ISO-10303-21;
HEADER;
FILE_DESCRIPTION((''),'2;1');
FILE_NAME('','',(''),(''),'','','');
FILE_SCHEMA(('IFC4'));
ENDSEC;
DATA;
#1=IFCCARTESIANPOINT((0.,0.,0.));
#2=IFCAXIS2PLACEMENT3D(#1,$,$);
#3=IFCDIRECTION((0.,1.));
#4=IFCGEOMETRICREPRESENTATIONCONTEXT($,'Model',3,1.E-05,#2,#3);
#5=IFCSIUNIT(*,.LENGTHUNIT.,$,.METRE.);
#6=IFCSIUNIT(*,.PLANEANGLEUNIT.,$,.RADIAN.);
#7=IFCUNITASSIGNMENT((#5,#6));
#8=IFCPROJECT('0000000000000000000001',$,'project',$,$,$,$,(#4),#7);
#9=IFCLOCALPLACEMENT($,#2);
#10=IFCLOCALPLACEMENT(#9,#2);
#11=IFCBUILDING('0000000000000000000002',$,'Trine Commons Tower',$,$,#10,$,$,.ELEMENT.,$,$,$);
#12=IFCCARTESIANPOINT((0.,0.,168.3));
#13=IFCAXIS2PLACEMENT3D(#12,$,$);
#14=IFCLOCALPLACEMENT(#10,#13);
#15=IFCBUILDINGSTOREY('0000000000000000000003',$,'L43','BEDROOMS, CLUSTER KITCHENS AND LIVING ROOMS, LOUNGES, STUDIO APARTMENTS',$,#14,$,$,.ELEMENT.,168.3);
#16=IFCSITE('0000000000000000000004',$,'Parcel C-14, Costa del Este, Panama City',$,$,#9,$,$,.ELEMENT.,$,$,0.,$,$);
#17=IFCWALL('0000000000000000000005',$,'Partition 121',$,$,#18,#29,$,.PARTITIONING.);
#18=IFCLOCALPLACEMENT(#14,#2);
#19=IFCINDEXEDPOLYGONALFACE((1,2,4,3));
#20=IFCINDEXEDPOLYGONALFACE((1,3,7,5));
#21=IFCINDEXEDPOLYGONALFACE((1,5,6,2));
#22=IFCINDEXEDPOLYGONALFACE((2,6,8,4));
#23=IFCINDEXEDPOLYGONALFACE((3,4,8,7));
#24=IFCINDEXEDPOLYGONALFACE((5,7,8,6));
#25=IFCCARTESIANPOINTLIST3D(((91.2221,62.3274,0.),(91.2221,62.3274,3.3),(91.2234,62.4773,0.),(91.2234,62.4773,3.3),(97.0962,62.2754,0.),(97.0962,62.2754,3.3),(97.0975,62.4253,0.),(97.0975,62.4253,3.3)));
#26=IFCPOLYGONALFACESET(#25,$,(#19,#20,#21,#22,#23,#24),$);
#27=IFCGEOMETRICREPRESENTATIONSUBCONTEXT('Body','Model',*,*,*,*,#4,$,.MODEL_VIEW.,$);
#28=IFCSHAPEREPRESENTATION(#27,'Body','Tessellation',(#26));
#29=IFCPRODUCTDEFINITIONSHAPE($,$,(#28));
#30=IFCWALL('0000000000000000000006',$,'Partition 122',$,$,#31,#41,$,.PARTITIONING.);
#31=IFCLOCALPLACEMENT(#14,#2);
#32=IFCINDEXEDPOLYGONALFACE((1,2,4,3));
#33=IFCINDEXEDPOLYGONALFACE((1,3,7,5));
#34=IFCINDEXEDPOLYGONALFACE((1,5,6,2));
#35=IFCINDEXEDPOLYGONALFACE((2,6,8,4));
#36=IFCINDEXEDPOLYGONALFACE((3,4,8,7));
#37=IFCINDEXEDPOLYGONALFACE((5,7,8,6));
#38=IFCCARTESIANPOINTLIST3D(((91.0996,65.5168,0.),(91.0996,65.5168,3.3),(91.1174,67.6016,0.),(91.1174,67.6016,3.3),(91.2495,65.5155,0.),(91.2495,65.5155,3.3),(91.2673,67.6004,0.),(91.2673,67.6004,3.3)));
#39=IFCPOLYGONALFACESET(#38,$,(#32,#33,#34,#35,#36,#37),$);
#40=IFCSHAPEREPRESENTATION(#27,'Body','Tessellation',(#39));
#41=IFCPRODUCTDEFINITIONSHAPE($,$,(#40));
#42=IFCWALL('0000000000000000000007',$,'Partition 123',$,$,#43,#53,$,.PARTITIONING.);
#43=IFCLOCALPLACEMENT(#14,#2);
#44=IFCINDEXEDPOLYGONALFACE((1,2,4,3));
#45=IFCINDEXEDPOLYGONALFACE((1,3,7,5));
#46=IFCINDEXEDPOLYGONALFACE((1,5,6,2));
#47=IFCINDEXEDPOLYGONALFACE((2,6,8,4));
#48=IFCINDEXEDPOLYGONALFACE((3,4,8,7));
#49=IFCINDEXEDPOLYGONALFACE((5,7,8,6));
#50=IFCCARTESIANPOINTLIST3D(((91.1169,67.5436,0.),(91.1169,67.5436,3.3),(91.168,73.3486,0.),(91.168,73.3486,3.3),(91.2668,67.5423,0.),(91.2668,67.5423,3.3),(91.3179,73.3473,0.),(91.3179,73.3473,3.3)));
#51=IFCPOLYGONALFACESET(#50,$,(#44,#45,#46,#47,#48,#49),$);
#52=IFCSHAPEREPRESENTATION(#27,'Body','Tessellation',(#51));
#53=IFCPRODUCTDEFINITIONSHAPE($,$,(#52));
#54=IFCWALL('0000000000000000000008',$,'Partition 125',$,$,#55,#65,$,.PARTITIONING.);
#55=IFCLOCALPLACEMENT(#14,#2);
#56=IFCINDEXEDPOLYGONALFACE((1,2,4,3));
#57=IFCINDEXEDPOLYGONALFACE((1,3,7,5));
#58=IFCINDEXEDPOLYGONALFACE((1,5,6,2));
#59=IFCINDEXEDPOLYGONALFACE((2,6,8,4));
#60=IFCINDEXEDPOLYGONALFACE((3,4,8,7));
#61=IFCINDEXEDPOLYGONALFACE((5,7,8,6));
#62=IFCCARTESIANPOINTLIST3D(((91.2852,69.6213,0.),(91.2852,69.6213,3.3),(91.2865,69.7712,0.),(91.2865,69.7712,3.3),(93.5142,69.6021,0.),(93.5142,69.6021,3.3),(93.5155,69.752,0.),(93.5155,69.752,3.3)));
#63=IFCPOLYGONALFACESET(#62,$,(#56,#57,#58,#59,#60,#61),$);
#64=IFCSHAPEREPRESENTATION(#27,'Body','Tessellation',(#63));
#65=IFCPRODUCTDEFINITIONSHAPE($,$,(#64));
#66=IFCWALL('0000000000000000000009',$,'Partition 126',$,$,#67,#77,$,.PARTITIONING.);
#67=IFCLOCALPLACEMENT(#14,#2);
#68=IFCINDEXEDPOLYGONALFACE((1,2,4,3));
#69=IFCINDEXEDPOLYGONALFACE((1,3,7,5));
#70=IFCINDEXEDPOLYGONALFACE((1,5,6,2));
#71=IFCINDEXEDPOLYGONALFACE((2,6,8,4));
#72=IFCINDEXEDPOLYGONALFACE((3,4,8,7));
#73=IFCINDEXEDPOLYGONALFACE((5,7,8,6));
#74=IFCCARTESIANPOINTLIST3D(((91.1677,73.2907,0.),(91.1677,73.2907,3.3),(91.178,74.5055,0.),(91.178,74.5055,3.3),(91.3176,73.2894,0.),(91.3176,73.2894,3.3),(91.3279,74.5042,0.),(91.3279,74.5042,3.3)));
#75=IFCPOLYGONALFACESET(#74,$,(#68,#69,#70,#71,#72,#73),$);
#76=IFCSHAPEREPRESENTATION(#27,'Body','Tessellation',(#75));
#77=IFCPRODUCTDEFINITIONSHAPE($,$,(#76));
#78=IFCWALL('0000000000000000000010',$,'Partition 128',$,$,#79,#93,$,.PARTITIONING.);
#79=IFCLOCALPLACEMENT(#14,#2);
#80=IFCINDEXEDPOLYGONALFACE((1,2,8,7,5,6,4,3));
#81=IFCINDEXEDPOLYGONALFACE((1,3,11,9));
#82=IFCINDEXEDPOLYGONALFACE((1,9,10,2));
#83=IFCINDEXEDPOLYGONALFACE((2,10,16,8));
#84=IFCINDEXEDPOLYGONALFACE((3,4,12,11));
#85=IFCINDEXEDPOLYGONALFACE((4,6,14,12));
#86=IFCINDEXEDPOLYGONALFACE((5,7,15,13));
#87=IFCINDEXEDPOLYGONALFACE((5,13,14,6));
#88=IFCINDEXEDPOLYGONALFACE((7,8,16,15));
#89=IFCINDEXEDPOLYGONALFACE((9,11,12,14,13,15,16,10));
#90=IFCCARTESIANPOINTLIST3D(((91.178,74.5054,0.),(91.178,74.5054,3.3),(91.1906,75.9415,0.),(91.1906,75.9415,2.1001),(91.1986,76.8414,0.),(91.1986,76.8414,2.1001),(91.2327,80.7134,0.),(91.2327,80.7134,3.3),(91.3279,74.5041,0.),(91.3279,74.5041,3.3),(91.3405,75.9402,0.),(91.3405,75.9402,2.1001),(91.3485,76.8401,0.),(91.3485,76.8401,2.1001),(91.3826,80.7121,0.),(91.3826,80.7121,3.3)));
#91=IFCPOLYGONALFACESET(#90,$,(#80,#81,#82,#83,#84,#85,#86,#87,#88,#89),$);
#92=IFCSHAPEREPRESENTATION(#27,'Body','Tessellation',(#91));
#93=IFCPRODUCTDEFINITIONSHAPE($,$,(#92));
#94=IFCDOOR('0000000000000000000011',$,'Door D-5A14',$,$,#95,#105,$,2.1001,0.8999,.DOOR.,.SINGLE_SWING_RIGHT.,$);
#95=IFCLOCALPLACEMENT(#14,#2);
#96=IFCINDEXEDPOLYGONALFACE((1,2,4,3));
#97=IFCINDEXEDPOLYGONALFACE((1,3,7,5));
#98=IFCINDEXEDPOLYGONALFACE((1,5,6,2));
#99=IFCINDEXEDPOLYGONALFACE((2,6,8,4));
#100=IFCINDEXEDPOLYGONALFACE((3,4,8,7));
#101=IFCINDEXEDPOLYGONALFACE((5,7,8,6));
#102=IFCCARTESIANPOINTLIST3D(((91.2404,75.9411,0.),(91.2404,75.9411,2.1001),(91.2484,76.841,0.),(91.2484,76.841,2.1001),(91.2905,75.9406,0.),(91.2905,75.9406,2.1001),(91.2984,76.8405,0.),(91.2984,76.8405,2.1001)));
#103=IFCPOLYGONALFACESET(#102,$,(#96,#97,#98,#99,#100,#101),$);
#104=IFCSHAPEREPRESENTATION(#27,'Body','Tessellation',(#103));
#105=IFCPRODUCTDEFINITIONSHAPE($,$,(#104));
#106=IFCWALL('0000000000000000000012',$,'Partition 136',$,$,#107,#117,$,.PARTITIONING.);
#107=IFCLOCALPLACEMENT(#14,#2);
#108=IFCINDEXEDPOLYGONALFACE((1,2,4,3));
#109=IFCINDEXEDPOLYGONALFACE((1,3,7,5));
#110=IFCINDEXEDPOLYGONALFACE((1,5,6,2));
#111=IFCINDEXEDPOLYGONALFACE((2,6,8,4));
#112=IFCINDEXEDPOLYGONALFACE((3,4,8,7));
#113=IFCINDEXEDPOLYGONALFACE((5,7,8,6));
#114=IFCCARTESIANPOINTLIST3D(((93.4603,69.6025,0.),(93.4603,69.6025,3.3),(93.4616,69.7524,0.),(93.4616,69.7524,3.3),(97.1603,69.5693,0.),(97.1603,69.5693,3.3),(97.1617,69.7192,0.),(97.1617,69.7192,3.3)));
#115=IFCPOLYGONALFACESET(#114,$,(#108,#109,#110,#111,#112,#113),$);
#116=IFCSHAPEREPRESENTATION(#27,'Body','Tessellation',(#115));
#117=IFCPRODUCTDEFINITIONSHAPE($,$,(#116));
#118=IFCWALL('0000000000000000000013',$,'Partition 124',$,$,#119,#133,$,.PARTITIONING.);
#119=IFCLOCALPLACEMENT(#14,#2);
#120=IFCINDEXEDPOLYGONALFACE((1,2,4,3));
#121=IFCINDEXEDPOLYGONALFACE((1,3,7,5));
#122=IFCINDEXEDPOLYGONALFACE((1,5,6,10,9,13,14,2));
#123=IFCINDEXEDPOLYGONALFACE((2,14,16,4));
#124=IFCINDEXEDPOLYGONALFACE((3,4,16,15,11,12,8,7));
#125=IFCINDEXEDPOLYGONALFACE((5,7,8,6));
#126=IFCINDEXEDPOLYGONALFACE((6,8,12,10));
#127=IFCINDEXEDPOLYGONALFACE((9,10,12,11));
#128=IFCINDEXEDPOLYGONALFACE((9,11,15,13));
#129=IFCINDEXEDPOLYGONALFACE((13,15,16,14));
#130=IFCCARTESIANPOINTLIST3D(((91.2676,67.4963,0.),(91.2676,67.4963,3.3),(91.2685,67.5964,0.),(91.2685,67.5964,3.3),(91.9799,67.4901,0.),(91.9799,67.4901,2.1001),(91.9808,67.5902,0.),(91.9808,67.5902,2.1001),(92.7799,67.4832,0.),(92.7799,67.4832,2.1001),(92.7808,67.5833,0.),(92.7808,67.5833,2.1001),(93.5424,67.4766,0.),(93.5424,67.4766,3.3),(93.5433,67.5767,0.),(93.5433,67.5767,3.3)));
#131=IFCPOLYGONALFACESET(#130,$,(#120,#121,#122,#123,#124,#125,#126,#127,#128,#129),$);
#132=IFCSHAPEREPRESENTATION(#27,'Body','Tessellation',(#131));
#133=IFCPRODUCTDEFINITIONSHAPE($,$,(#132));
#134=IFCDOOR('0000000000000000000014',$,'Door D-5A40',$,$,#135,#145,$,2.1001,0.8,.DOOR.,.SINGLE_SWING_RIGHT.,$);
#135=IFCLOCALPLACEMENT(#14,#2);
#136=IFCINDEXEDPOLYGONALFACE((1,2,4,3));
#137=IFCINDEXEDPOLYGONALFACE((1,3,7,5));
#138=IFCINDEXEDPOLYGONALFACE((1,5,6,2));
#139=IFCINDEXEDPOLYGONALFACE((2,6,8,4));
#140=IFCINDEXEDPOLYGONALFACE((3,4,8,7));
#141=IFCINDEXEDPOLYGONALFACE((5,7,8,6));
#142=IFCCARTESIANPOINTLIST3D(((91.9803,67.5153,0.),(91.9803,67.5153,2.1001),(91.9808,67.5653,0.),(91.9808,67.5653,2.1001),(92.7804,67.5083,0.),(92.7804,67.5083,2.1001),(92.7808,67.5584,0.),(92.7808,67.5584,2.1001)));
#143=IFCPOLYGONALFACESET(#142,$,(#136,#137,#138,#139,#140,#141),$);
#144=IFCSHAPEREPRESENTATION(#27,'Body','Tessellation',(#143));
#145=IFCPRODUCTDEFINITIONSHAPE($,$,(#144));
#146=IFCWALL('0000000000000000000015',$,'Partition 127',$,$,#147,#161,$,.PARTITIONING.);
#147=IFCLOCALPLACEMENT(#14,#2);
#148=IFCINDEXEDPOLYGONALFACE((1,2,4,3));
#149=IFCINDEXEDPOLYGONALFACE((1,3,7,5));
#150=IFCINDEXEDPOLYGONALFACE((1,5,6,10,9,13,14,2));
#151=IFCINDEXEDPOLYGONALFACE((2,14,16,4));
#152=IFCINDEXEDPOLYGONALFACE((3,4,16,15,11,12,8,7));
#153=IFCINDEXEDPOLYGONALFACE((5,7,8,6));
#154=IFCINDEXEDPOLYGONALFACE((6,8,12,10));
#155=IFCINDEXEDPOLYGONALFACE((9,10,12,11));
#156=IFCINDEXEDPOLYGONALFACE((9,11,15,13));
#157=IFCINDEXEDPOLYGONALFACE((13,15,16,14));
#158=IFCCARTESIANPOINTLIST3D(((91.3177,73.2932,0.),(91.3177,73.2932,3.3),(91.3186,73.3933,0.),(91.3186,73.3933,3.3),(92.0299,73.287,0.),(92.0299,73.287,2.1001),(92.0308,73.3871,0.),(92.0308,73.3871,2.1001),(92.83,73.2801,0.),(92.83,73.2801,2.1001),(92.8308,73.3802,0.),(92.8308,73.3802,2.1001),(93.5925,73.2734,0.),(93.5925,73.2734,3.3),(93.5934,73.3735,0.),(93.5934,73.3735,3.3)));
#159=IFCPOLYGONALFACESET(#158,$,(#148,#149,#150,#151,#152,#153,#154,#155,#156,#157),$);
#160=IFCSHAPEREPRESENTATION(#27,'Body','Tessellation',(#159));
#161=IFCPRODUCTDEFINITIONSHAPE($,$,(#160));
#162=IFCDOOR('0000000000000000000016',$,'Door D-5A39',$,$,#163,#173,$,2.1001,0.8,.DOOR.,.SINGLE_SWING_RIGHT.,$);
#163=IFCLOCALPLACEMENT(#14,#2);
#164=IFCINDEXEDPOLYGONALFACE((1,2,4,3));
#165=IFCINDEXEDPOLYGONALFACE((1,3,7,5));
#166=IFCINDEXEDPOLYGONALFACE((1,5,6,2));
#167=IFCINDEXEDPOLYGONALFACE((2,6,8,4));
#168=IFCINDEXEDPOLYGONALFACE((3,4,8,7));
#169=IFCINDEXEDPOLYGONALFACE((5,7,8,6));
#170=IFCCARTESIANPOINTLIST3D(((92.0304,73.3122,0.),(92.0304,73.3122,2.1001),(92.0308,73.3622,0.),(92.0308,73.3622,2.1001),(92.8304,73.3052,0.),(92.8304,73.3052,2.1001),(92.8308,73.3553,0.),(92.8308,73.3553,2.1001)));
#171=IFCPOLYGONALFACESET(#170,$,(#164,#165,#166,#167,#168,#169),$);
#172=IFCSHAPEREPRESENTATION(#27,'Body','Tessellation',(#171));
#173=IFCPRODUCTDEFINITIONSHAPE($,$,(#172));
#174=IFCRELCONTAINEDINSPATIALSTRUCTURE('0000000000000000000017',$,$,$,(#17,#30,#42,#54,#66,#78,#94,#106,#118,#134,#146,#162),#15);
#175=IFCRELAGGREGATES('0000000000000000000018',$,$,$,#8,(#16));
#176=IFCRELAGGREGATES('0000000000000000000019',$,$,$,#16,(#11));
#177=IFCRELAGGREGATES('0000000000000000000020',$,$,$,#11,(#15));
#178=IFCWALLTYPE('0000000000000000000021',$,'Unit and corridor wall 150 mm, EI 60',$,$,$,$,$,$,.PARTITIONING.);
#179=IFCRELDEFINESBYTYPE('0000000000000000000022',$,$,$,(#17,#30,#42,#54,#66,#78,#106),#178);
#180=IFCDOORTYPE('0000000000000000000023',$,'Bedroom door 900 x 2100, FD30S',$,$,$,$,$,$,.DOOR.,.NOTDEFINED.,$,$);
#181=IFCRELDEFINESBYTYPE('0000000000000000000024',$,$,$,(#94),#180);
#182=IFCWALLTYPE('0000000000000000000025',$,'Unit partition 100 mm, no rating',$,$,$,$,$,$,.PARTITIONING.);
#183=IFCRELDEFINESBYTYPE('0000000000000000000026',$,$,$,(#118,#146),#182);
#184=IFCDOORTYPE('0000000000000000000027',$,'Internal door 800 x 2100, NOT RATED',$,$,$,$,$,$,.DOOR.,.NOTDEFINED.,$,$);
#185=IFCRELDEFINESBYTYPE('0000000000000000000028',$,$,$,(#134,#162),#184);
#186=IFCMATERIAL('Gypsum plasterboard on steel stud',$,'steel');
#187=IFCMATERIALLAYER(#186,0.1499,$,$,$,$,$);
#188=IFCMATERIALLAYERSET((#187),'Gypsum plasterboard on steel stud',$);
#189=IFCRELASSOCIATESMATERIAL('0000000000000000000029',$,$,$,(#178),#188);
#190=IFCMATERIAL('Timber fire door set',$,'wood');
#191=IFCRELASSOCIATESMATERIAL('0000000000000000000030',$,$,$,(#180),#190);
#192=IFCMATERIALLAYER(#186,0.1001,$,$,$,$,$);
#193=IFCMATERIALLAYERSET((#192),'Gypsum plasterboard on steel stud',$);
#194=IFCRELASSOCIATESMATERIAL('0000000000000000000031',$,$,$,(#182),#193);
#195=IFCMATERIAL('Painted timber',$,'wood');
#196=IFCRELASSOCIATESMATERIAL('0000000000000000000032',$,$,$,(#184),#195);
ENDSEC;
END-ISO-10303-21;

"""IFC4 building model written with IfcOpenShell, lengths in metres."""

from ifc_helpers import new_model, si_unit, direction, frame, frame_2d, origin, place, context, subcontext, project, spatial, rectangle, extrude, material, layer, layer_set, type_object, element, fill, save


model = new_model("IFC4")

# Units and contexts
model_context = context("Model", 3, precision=1e-05, world=origin(), true_north=direction((0.0, 1.0)))
body_context = subcontext(model_context, "Body", "Model", "MODEL_VIEW")
ifc_project = project(units=[si_unit("LENGTHUNIT", "METRE"), si_unit("PLANEANGLEUNIT", "RADIAN")], contexts=[model_context])

# Site, building, storey
site_placement = place(None, origin())
site = spatial("IfcSite", under=ifc_project, at=site_placement, Name="Parcel C-14, Costa del Este, Panama City", CompositionType="ELEMENT", RefElevation=0.0)
building_placement = place(site_placement, origin())
building = spatial("IfcBuilding", under=site, at=building_placement, Name="Trine Commons Tower", CompositionType="ELEMENT")
storey_placement = place(building_placement, frame((0.0, 0.0, 168.3)))
storey = spatial("IfcBuildingStorey", under=building, at=storey_placement, Name="L43", Description="BEDROOMS, CLUSTER KITCHENS AND LIVING ROOMS, LOUNGES, STUDIO APARTMENTS", CompositionType="ELEMENT", Elevation=168.3)

# Walls
ifc_material_1 = material(Name="Gypsum plasterboard on steel stud", Category="steel")
ifc_layer_1 = layer(ifc_material_1, 0.1499)
ifc_layer_set_1 = layer_set([ifc_layer_1], Name="Gypsum plasterboard on steel stud")
wall_type_1 = type_object("IfcWallType", Name="Unit and corridor wall 150 mm, EI 60", PredefinedType="PARTITIONING", material=ifc_layer_set_1)
wall_1_placement = place(storey_placement, frame((91.2229, 62.4023, 0.0), z_axis=(0.0, 0.0, 1.0), x_axis=(0.999961, -0.008853, 0.0)))
element("IfcWall", 1, at=wall_1_placement, inside=storey, type_object=wall_type_1, Name="Partition 121", PredefinedType="PARTITIONING", context=body_context, shape_type="SweptSolid", body=[
    extrude(rectangle(XDim=5.8743, YDim=0.1499, at=frame_2d((2.937, 0.0))), origin(), (0.0, 0.0, 1.0), 3.3),
])
wall_2_placement = place(storey_placement, frame((91.1746, 65.5161, 0.0), z_axis=(0.0, 0.0, 1.0), x_axis=(0.008548, 0.999963, 0.0)))
element("IfcWall", 2, at=wall_2_placement, inside=storey, type_object=wall_type_1, Name="Partition 122", PredefinedType="PARTITIONING", context=body_context, shape_type="SweptSolid", body=[
    extrude(rectangle(XDim=2.085, YDim=0.1499, at=frame_2d((1.0425, 0.0))), origin(), (0.0, 0.0, 1.0), 3.3),
])
wall_3_placement = place(storey_placement, frame((91.1919, 67.543, 0.0), z_axis=(0.0, 0.0, 1.0), x_axis=(0.00879, 0.999961, 0.0)))
element("IfcWall", 3, at=wall_3_placement, inside=storey, type_object=wall_type_1, Name="Partition 123", PredefinedType="PARTITIONING", context=body_context, shape_type="SweptSolid", body=[
    extrude(rectangle(XDim=5.8052, YDim=0.1499, at=frame_2d((2.9026, 0.0))), origin(), (0.0, 0.0, 1.0), 3.3),
])
wall_4_placement = place(storey_placement, frame((91.2859, 69.6963, 0.0), z_axis=(0.0, 0.0, 1.0), x_axis=(0.999963, -0.008652, 0.0)))
element("IfcWall", 4, at=wall_4_placement, inside=storey, type_object=wall_type_1, Name="Partition 125", PredefinedType="PARTITIONING", context=body_context, shape_type="SweptSolid", body=[
    extrude(rectangle(XDim=2.229, YDim=0.1499, at=frame_2d((1.1145, 0.0))), origin(), (0.0, 0.0, 1.0), 3.3),
])
wall_5_placement = place(storey_placement, frame((91.2427, 73.29, 0.0), z_axis=(0.0, 0.0, 1.0), x_axis=(0.00844, 0.999964, 0.0)))
element("IfcWall", 5, at=wall_5_placement, inside=storey, type_object=wall_type_1, Name="Partition 126", PredefinedType="PARTITIONING", context=body_context, shape_type="SweptSolid", body=[
    extrude(rectangle(XDim=1.2148, YDim=0.1499, at=frame_2d((0.6074, 0.0))), origin(), (0.0, 0.0, 1.0), 3.3),
])

# Wall, opening, door
wall_6_placement = place(storey_placement, frame((91.2529, 74.5049, 0.0), z_axis=(0.0, 0.0, 1.0), x_axis=(0.008809, 0.999961, 0.0)))
wall_6 = element("IfcWall", 6, at=wall_6_placement, inside=storey, type_object=wall_type_1, Name="Partition 128", PredefinedType="PARTITIONING", context=body_context, shape_type="SweptSolid", body=[
    extrude(rectangle(XDim=6.2083, YDim=0.1499, at=frame_2d((3.104, 0.0))), origin(), (0.0, 0.0, 1.0), 3.3),
])
opening_1_placement = place(wall_6_placement, frame((1.436, 0.0, 0.0)))
opening_1 = element("IfcOpeningElement", 7, at=opening_1_placement, cuts=wall_6, PredefinedType="OPENING", context=body_context, shape_type="SweptSolid", body=[
    extrude(rectangle(XDim=0.8999, YDim=2.1001, at=frame_2d((0.45, 1.05))), frame((0.0, 0.085, 0.0), z_axis=(0.0, -1.0, 0.0), x_axis=(1.0, 0.0, 0.0)), (0.0, 0.0, 1.0), 0.1699),
])
ifc_material_2 = material(Name="Timber fire door set", Category="wood")
door_type_1 = type_object("IfcDoorType", Name="Bedroom door 900 x 2100, FD30S", OperationType="NOTDEFINED", PredefinedType="DOOR", material=ifc_material_2)
door_1_placement = place(opening_1_placement, frame((0.8999, 0.0, 0.0), z_axis=(0.0, 0.0, 1.0), x_axis=(-1.0, 0.0, 0.0)))
door_1 = element("IfcDoor", 8, at=door_1_placement, inside=storey, type_object=door_type_1, Name="Door D-5A14", OperationType="SINGLE_SWING_RIGHT", OverallHeight=2.1001, OverallWidth=0.8999, PredefinedType="DOOR", context=body_context, shape_type="SweptSolid", body=[
    extrude(rectangle(XDim=0.8999, YDim=2.1001, at=frame_2d((0.45, 1.05))), frame((0.0, 0.0249, 0.0), z_axis=(0.0, -1.0, 0.0), x_axis=(1.0, 0.0, 0.0)), (0.0, 0.0, 1.0), 0.05),
])
fill(opening_1, door_1)

# Wall
wall_7_placement = place(storey_placement, frame((93.4609, 69.6775, 0.0), z_axis=(0.0, 0.0, 1.0), x_axis=(0.99996, -0.008974, 0.0)))
element("IfcWall", 9, at=wall_7_placement, inside=storey, type_object=wall_type_1, Name="Partition 136", PredefinedType="PARTITIONING", context=body_context, shape_type="SweptSolid", body=[
    extrude(rectangle(XDim=3.7002, YDim=0.1499, at=frame_2d((1.8501, 0.0))), origin(), (0.0, 0.0, 1.0), 3.3),
])

# Walls, openings, doors
ifc_layer_2 = layer(ifc_material_1, 0.1001)
ifc_layer_set_2 = layer_set([ifc_layer_2], Name="Gypsum plasterboard on steel stud")
wall_type_2 = type_object("IfcWallType", Name="Unit partition 100 mm, no rating", PredefinedType="PARTITIONING", material=ifc_layer_set_2)
wall_8_placement = place(storey_placement, frame((91.2681, 67.5464, 0.0), z_axis=(0.0, 0.0, 1.0), x_axis=(0.999962, -0.008693, 0.0)))
wall_8 = element("IfcWall", 10, at=wall_8_placement, inside=storey, type_object=wall_type_2, Name="Partition 124", PredefinedType="PARTITIONING", context=body_context, shape_type="SweptSolid", body=[
    extrude(rectangle(XDim=2.2749, YDim=0.1001, at=frame_2d((1.1375, 0.0))), origin(), (0.0, 0.0, 1.0), 3.3),
])
opening_2_placement = place(wall_8_placement, frame((0.7124, 0.0, 0.0)))
opening_2 = element("IfcOpeningElement", 11, at=opening_2_placement, cuts=wall_8, PredefinedType="OPENING", context=body_context, shape_type="SweptSolid", body=[
    extrude(rectangle(XDim=0.8, YDim=2.1001, at=frame_2d((0.3999, 1.05))), frame((0.0, 0.0601, 0.0), z_axis=(0.0, -1.0, 0.0), x_axis=(1.0, 0.0, 0.0)), (0.0, 0.0, 1.0), 0.1201),
])
ifc_material_3 = material(Name="Painted timber", Category="wood")
door_type_2 = type_object("IfcDoorType", Name="Internal door 800 x 2100, NOT RATED", OperationType="NOTDEFINED", PredefinedType="DOOR", material=ifc_material_3)
door_2_placement = place(opening_2_placement, frame((0.8, 0.0, 0.0), z_axis=(0.0, 0.0, 1.0), x_axis=(-1.0, 0.0, 0.0)))
door_2 = element("IfcDoor", 12, at=door_2_placement, inside=storey, type_object=door_type_2, Name="Door D-5A40", OperationType="SINGLE_SWING_RIGHT", OverallHeight=2.1001, OverallWidth=0.8, PredefinedType="DOOR", context=body_context, shape_type="SweptSolid", body=[
    extrude(rectangle(XDim=0.8, YDim=2.1001, at=frame_2d((0.3999, 1.05))), frame((0.0, 0.0249, 0.0), z_axis=(0.0, -1.0, 0.0), x_axis=(1.0, 0.0, 0.0)), (0.0, 0.0, 1.0), 0.05),
])
fill(opening_2, door_2)
wall_9_placement = place(storey_placement, frame((91.3181, 73.3433, 0.0), z_axis=(0.0, 0.0, 1.0), x_axis=(0.999962, -0.008693, 0.0)))
wall_9 = element("IfcWall", 13, at=wall_9_placement, inside=storey, type_object=wall_type_2, Name="Partition 127", PredefinedType="PARTITIONING", context=body_context, shape_type="SweptSolid", body=[
    extrude(rectangle(XDim=2.2749, YDim=0.1001, at=frame_2d((1.1375, 0.0))), origin(), (0.0, 0.0, 1.0), 3.3),
])
opening_3_placement = place(wall_9_placement, frame((0.7124, 0.0, 0.0)))
opening_3 = element("IfcOpeningElement", 14, at=opening_3_placement, cuts=wall_9, PredefinedType="OPENING", context=body_context, shape_type="SweptSolid", body=[
    extrude(rectangle(XDim=0.8, YDim=2.1001, at=frame_2d((0.3999, 1.05))), frame((0.0, 0.0601, 0.0), z_axis=(0.0, -1.0, 0.0), x_axis=(1.0, 0.0, 0.0)), (0.0, 0.0, 1.0), 0.1201),
])
door_3_placement = place(opening_3_placement, frame((0.8, 0.0, 0.0), z_axis=(0.0, 0.0, 1.0), x_axis=(-1.0, 0.0, 0.0)))
door_3 = element("IfcDoor", 15, at=door_3_placement, inside=storey, type_object=door_type_2, Name="Door D-5A39", OperationType="SINGLE_SWING_RIGHT", OverallHeight=2.1001, OverallWidth=0.8, PredefinedType="DOOR", context=body_context, shape_type="SweptSolid", body=[
    extrude(rectangle(XDim=0.8, YDim=2.1001, at=frame_2d((0.3999, 1.05))), frame((0.0, 0.0249, 0.0), z_axis=(0.0, -1.0, 0.0), x_axis=(1.0, 0.0, 0.0)), (0.0, 0.0, 1.0), 0.05),
])
fill(opening_3, door_3)

save(model, "model.ifc")
